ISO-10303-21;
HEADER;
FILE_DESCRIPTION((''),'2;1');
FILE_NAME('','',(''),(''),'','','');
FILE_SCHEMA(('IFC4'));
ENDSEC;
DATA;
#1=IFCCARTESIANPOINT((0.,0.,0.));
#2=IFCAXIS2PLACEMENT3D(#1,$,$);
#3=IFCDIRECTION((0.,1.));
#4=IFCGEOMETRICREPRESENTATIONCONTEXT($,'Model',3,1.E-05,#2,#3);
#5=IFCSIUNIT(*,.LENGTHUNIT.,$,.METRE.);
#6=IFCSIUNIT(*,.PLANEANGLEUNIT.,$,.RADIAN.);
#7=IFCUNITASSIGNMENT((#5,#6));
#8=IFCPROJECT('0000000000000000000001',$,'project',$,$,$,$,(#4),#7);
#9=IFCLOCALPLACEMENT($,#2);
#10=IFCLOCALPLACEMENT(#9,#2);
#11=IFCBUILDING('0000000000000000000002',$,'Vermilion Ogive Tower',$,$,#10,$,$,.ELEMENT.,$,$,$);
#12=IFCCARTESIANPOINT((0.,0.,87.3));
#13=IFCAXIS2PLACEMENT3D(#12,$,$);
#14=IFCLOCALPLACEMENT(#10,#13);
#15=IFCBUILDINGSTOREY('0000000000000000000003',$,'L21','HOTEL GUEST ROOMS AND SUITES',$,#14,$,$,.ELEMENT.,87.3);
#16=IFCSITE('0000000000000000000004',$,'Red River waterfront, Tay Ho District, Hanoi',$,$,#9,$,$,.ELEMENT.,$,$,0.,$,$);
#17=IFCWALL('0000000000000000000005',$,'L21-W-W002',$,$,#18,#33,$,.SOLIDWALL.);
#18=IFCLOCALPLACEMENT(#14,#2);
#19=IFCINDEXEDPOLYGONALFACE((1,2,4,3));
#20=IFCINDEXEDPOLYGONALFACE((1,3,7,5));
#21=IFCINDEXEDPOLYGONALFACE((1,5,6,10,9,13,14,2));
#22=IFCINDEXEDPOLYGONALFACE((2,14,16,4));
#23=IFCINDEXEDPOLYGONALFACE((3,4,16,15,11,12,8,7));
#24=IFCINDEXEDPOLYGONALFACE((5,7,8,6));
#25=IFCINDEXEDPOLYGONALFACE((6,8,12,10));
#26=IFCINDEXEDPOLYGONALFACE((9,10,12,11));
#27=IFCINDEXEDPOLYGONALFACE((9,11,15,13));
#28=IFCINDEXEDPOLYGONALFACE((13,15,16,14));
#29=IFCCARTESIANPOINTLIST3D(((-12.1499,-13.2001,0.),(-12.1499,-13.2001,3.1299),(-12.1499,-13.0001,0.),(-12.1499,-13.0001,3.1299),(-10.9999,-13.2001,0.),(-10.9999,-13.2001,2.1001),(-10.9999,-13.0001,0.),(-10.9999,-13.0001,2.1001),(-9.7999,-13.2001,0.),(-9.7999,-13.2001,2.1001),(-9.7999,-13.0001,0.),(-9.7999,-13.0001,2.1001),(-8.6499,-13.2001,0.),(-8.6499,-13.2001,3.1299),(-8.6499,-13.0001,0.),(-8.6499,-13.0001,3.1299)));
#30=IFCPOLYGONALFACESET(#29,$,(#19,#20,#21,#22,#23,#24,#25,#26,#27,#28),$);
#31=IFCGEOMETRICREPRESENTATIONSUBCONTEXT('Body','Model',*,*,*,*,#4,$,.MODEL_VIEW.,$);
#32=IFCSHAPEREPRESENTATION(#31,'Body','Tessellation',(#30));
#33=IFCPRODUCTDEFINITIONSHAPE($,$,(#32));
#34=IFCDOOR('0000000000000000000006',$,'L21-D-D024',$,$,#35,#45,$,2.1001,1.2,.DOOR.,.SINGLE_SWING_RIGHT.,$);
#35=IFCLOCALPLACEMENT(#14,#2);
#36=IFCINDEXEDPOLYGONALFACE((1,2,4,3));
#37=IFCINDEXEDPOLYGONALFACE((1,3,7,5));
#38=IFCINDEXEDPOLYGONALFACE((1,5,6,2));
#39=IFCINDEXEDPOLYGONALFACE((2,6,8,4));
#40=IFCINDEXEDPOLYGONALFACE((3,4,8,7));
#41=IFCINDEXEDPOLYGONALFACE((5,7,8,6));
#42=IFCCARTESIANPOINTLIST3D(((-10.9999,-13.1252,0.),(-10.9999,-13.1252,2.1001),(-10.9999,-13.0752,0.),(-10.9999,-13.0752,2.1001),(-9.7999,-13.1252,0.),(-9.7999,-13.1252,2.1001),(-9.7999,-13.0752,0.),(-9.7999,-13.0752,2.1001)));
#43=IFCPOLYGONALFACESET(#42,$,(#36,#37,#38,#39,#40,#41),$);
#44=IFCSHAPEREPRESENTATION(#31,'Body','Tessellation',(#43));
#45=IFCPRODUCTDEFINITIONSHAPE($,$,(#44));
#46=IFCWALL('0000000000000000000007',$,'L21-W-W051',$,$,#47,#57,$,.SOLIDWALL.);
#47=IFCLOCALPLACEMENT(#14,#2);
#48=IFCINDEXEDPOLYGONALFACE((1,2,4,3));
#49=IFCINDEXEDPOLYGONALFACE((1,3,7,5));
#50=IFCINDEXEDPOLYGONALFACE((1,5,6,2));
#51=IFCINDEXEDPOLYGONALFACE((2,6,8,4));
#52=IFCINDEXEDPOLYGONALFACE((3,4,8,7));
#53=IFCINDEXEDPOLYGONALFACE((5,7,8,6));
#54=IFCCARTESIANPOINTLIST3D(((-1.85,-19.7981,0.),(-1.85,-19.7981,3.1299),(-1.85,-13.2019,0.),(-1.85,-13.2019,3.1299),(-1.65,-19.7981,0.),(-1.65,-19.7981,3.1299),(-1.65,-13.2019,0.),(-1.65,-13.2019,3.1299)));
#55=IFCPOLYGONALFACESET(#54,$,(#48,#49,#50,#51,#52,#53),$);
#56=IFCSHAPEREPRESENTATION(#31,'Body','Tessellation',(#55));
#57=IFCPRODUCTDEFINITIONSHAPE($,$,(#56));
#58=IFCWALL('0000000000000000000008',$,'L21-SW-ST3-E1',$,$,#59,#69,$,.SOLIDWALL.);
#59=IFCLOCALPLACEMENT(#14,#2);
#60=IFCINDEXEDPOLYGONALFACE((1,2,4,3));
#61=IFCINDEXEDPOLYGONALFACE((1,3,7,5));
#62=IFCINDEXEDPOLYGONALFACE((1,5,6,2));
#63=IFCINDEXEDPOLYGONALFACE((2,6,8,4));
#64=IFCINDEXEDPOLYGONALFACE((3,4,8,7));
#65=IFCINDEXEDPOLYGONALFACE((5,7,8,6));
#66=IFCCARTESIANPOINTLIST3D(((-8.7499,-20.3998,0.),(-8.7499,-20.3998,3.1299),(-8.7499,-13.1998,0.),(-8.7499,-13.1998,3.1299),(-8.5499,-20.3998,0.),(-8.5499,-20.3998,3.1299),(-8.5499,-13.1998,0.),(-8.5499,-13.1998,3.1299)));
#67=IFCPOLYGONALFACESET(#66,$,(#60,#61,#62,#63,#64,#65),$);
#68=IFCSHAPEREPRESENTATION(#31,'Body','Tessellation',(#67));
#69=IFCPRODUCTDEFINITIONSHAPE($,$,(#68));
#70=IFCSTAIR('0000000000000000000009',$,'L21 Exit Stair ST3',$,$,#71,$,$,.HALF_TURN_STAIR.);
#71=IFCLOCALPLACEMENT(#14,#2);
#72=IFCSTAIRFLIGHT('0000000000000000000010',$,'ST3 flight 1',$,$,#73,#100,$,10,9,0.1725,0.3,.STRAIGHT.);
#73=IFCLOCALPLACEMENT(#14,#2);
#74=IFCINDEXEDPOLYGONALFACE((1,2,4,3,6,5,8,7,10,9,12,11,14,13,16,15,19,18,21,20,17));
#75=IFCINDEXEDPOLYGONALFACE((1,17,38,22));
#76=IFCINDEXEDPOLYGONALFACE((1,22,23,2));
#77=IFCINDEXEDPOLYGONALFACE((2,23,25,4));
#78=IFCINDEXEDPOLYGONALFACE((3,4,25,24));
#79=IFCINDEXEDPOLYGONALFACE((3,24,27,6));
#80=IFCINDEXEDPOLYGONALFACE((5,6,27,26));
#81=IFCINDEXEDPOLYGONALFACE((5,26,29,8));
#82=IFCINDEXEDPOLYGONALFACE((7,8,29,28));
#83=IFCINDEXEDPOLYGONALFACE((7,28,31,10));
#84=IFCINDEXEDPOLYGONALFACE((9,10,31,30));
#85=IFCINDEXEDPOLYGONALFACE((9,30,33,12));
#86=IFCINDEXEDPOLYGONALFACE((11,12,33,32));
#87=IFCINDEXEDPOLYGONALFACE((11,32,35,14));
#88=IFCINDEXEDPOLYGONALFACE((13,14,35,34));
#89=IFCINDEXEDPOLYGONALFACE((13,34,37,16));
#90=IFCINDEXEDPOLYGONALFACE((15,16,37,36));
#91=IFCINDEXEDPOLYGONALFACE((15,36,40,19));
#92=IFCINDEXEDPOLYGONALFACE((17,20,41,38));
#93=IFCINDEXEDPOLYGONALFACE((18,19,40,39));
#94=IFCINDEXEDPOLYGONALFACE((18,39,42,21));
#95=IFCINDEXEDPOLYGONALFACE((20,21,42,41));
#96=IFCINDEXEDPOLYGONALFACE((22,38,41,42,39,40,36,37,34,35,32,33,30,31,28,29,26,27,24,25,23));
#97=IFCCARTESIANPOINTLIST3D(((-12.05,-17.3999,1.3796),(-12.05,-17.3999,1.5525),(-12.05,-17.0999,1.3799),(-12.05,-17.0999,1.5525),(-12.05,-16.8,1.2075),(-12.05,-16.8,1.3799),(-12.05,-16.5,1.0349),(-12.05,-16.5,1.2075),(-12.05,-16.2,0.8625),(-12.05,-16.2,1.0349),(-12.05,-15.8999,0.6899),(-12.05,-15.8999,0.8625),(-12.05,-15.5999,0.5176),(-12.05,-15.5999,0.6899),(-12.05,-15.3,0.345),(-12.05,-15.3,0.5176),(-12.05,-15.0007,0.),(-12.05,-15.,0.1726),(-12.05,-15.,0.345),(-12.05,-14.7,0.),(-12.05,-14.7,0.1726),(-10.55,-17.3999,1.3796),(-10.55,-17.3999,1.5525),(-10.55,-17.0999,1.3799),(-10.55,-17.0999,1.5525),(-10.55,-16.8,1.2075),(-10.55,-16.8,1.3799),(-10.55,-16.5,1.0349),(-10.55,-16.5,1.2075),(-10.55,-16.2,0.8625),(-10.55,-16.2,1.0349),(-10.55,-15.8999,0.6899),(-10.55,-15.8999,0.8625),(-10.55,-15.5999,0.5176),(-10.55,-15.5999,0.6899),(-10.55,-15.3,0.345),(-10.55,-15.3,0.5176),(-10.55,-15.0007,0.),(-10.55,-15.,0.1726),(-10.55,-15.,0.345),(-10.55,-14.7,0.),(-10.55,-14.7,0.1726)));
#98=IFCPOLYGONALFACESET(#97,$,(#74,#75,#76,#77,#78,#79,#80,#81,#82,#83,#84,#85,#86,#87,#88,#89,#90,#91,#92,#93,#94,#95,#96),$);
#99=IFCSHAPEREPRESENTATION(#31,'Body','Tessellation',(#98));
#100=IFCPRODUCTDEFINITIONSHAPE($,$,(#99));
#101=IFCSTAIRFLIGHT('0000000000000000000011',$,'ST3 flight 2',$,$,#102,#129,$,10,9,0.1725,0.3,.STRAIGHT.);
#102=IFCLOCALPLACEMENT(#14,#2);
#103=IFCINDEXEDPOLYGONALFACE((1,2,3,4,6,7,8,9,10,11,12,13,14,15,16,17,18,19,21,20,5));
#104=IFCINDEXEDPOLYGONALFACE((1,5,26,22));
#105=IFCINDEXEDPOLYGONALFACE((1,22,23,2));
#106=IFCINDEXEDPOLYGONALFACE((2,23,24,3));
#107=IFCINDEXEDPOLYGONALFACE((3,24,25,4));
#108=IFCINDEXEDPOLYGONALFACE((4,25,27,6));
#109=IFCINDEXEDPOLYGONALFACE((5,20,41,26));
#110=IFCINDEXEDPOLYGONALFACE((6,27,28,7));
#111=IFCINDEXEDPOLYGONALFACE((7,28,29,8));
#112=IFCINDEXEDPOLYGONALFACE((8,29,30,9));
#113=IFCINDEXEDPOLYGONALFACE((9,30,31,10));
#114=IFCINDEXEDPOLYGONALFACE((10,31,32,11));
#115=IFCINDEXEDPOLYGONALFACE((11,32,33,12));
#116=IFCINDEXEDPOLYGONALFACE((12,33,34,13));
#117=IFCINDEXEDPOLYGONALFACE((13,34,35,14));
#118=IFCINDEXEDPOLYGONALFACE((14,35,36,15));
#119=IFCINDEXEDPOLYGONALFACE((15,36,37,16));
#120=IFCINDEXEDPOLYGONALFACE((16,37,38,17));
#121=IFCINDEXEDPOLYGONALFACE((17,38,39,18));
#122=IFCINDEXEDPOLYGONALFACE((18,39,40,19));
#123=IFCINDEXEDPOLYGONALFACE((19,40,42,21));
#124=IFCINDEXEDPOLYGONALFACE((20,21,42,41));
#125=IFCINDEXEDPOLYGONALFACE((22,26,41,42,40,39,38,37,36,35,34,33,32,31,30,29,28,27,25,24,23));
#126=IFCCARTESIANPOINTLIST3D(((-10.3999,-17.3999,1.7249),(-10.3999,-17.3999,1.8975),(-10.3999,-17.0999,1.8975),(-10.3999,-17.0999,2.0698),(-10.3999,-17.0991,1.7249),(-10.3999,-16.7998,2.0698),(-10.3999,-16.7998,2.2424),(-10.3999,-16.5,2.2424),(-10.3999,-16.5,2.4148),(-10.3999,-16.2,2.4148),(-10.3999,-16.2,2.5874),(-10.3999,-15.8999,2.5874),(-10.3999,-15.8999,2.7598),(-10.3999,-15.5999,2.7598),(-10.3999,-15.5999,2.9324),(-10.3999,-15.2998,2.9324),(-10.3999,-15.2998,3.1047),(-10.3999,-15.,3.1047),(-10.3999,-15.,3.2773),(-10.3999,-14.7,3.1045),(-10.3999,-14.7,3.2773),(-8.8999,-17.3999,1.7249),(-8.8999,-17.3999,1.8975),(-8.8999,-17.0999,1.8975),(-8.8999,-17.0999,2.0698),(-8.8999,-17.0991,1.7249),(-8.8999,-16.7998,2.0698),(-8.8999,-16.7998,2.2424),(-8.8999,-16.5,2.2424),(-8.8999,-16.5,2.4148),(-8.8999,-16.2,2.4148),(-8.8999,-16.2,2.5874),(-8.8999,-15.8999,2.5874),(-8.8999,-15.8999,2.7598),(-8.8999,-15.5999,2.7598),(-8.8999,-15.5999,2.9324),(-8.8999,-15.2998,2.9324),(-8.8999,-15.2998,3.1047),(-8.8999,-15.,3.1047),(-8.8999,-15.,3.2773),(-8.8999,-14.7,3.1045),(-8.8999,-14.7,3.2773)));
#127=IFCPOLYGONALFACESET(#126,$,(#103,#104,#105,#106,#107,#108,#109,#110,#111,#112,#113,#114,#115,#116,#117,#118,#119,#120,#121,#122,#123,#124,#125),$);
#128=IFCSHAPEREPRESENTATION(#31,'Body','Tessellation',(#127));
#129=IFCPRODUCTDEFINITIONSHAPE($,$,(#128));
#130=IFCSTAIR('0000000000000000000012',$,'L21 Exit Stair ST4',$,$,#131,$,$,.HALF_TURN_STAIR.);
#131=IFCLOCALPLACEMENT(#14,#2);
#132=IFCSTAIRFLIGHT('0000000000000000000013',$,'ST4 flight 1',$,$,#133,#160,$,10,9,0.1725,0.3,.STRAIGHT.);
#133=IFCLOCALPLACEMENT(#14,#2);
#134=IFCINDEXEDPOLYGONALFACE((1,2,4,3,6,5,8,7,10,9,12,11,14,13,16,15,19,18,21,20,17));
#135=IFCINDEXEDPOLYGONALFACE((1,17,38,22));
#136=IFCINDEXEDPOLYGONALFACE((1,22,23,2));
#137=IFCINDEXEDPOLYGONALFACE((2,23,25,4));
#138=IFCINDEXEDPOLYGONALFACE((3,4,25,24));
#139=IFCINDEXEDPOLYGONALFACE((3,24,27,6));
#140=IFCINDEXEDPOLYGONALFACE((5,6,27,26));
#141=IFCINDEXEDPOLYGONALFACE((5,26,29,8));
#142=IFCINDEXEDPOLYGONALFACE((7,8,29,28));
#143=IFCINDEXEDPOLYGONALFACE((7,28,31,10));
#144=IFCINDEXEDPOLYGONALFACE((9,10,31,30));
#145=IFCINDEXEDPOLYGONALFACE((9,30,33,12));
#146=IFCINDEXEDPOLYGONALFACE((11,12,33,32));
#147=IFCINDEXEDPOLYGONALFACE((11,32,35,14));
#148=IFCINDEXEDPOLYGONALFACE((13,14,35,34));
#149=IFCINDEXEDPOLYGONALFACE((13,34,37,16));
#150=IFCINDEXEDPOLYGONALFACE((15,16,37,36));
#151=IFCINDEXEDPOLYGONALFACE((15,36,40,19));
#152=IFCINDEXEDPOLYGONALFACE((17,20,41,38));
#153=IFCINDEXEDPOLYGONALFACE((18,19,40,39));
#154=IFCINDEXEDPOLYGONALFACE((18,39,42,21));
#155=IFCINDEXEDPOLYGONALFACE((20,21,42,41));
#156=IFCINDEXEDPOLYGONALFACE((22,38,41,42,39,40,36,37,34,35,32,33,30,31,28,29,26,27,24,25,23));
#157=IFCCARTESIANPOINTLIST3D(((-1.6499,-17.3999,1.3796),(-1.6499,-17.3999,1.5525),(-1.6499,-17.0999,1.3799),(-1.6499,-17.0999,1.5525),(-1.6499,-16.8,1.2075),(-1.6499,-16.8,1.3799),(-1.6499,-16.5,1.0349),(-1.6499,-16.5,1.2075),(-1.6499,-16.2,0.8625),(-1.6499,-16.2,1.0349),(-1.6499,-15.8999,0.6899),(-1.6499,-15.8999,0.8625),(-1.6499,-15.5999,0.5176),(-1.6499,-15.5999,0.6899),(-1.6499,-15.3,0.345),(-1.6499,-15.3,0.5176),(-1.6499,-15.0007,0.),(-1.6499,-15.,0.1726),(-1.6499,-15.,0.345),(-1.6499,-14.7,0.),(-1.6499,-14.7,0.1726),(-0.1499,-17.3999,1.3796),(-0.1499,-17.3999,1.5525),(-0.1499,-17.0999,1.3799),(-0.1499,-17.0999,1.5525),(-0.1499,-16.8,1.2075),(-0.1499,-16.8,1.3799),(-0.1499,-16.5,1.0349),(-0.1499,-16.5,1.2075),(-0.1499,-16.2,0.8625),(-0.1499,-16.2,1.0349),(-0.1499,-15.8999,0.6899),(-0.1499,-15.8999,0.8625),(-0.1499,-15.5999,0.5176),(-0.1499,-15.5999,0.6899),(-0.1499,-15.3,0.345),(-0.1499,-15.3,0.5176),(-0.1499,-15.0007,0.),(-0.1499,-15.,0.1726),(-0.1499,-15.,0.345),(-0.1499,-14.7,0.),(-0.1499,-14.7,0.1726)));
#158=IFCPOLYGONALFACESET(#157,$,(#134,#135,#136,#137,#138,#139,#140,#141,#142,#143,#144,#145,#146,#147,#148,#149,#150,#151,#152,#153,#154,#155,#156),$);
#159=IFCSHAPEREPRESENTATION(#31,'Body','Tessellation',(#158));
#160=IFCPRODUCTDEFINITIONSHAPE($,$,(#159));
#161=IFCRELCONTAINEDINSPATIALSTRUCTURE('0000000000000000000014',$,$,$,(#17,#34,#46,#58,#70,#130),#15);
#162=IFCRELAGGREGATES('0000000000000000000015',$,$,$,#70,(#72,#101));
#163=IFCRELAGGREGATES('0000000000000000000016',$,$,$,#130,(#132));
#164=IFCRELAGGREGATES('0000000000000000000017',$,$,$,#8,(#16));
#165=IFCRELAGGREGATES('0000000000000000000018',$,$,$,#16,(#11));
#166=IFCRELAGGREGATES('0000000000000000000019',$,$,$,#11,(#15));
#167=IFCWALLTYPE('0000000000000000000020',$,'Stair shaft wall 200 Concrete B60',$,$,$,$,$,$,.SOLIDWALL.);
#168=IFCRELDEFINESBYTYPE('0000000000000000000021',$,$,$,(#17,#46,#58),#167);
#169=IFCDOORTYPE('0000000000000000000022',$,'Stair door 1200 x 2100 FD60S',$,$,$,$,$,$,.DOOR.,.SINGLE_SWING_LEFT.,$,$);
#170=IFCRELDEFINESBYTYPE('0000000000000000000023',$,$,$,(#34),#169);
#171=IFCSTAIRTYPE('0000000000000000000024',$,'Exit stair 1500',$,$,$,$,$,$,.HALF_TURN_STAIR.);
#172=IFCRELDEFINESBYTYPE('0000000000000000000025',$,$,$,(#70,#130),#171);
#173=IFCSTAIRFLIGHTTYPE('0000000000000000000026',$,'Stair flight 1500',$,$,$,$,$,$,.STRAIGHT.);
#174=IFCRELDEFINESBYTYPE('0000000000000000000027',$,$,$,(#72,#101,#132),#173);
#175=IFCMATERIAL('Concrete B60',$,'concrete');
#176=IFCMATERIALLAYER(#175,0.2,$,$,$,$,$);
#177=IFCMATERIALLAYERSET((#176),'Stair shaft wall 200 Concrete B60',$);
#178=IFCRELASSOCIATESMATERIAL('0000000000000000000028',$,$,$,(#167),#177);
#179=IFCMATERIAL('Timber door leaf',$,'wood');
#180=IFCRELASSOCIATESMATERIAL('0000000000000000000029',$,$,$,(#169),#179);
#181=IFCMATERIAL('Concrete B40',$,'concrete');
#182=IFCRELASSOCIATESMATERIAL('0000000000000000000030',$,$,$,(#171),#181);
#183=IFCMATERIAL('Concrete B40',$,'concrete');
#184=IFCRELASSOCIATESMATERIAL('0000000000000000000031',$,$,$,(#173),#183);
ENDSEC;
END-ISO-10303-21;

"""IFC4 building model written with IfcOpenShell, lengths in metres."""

from ifc_helpers import new_model, si_unit, direction, frame, frame_2d, origin, place, context, subcontext, project, spatial, polyline, rectangle, outline, extrude, material, layer, layer_set, type_object, element, fill, aggregate, save


model = new_model("IFC4")

# Units and contexts
model_context = context("Model", 3, precision=1e-05, world=origin(), true_north=direction((0.0, 1.0)))
body_context = subcontext(model_context, "Body", "Model", "MODEL_VIEW")
ifc_project = project(units=[si_unit("LENGTHUNIT", "METRE"), si_unit("PLANEANGLEUNIT", "RADIAN")], contexts=[model_context])

# Site, building, storey
site_placement = place(None, origin())
site = spatial("IfcSite", under=ifc_project, at=site_placement, Name="Red River waterfront, Tay Ho District, Hanoi", CompositionType="ELEMENT", RefElevation=0.0)
building_placement = place(site_placement, origin())
building = spatial("IfcBuilding", under=site, at=building_placement, Name="Vermilion Ogive Tower", CompositionType="ELEMENT")
storey_placement = place(building_placement, frame((0.0, 0.0, 87.3)))
storey = spatial("IfcBuildingStorey", under=building, at=storey_placement, Name="L21", Description="HOTEL GUEST ROOMS AND SUITES", CompositionType="ELEMENT", Elevation=87.3)

# Shared definitions
ifc_material_1 = material(Name="Concrete B60", Category="concrete")
ifc_layer_1 = layer(ifc_material_1, 0.2)
ifc_layer_set_1 = layer_set([ifc_layer_1], Name="Stair shaft wall 200 Concrete B60")
wall_type = type_object("IfcWallType", Name="Stair shaft wall 200 Concrete B60", PredefinedType="SOLIDWALL", material=ifc_layer_set_1)

# Wall, opening, door
wall_1_placement = place(storey_placement, frame((-12.1499, -13.1001, 0.0), z_axis=(0.0, 0.0, 1.0), x_axis=(1.0, 0.0, 0.0)))
wall_1 = element("IfcWall", 1, at=wall_1_placement, inside=storey, type_object=wall_type, Name="L21-W-W002", PredefinedType="SOLIDWALL", context=body_context, shape_type="SweptSolid", body=[
    extrude(rectangle(XDim=3.5, YDim=0.2, at=frame_2d((1.75, 0.0))), origin(), (0.0, 0.0, 1.0), 3.1299),
])
opening_placement = place(wall_1_placement, frame((1.1499, 0.0, 0.0)))
opening = element("IfcOpeningElement", 2, at=opening_placement, cuts=wall_1, PredefinedType="OPENING", context=body_context, shape_type="SweptSolid", body=[
    extrude(rectangle(XDim=1.2, YDim=2.1001, at=frame_2d((0.6001, 1.05))), frame((0.0, 0.1099, 0.0), z_axis=(0.0, -1.0, 0.0), x_axis=(1.0, 0.0, 0.0)), (0.0, 0.0, 1.0), 0.22),
])
ifc_material_2 = material(Name="Timber door leaf", Category="wood")
door_type = type_object("IfcDoorType", Name="Stair door 1200 x 2100 FD60S", OperationType="SINGLE_SWING_LEFT", PredefinedType="DOOR", material=ifc_material_2)
door_placement = place(opening_placement, origin())
door = element("IfcDoor", 3, at=door_placement, inside=storey, type_object=door_type, Name="L21-D-D024", OperationType="SINGLE_SWING_RIGHT", OverallHeight=2.1001, OverallWidth=1.2, PredefinedType="DOOR", context=body_context, shape_type="SweptSolid", body=[
    extrude(rectangle(XDim=1.2, YDim=2.1001, at=frame_2d((0.6001, 1.05))), frame((0.0, 0.0249, 0.0), z_axis=(0.0, -1.0, 0.0), x_axis=(1.0, 0.0, 0.0)), (0.0, 0.0, 1.0), 0.05),
])
fill(opening, door)

# Walls
wall_2_placement = place(storey_placement, frame((-1.75, -19.7981, 0.0), z_axis=(0.0, 0.0, 1.0), x_axis=(0.0, 1.0, 0.0)))
element("IfcWall", 4, at=wall_2_placement, inside=storey, type_object=wall_type, Name="L21-W-W051", PredefinedType="SOLIDWALL", context=body_context, shape_type="SweptSolid", body=[
    extrude(rectangle(XDim=6.5962, YDim=0.2, at=frame_2d((3.2981, 0.0))), origin(), (0.0, 0.0, 1.0), 3.1299),
])
wall_3_placement = place(storey_placement, frame((-8.6499, -20.3999, 0.0), z_axis=(0.0, 0.0, 1.0), x_axis=(0.0, 1.0, 0.0)))
element("IfcWall", 5, at=wall_3_placement, inside=storey, type_object=wall_type, Name="L21-SW-ST3-E1", PredefinedType="SOLIDWALL", context=body_context, shape_type="SweptSolid", body=[
    extrude(rectangle(XDim=7.2, YDim=0.2, at=frame_2d((3.6001, 0.0))), origin(), (0.0, 0.0, 1.0), 3.1299),
])

# Stair, stair flights
ifc_material_3 = material(Name="Concrete B40", Category="concrete")
stair_type = type_object("IfcStairType", Name="Exit stair 1500", PredefinedType="HALF_TURN_STAIR", material=ifc_material_3)
stair_1_placement = place(storey_placement, origin())
stair_1 = element("IfcStair", 6, at=stair_1_placement, inside=storey, type_object=stair_type, Name="L21 Exit Stair ST3", PredefinedType="HALF_TURN_STAIR")
ifc_material_4 = material(Name="Concrete B40", Category="concrete")
stair_flight_type = type_object("IfcStairFlightType", Name="Stair flight 1500", PredefinedType="STRAIGHT", material=ifc_material_4)
stair_flight_1_placement = place(storey_placement, frame((-11.3, -14.7, 0.0), z_axis=(0.0, 0.0, 1.0), x_axis=(0.0, -1.0, 0.0)))
stair_flight_1 = element("IfcStairFlight", 7, at=stair_flight_1_placement, type_object=stair_flight_type, Name="ST3 flight 1", NumberOfRisers=10, NumberOfTreads=9, PredefinedType="STRAIGHT", RiserHeight=0.1725, TreadLength=0.3, context=body_context, shape_type="SweptSolid", body=[
    extrude(outline(polyline([(0.0, 0.0), (0.0, 0.1726), (0.3, 0.1726), (0.3, 0.345), (0.6001, 0.345), (0.6001, 0.5176), (0.8999, 0.5176), (0.8999, 0.6899), (1.2, 0.6899), (1.2, 0.8625), (1.5, 0.8625), (1.5, 1.0349), (1.8, 1.0349), (1.8, 1.2075), (2.1001, 1.2075), (2.1001, 1.3799), (2.3999, 1.3799), (2.3999, 1.5525), (2.7, 1.5525), (2.7, 1.7251), (2.7, 1.3796), (0.3008, 0.0), (0.0, 0.0)])), frame((0.0, 0.75, 0.0), z_axis=(0.0, -1.0, 0.0), x_axis=(1.0, 0.0, 0.0)), (0.0, 0.0, 1.0), 1.5),
])
stair_flight_2_placement = place(storey_placement, frame((-9.6499, -17.3999, 1.7249), z_axis=(0.0, 0.0, 1.0), x_axis=(0.0, 1.0, 0.0)))
stair_flight_2 = element("IfcStairFlight", 8, at=stair_flight_2_placement, type_object=stair_flight_type, Name="ST3 flight 2", NumberOfRisers=10, NumberOfTreads=9, PredefinedType="STRAIGHT", RiserHeight=0.1725, TreadLength=0.3, context=body_context, shape_type="SweptSolid", body=[
    extrude(outline(polyline([(0.0, 0.0), (0.0, 0.1726), (0.3, 0.1726), (0.3, 0.345), (0.6001, 0.345), (0.6001, 0.5176), (0.8999, 0.5176), (0.8999, 0.6899), (1.2, 0.6899), (1.2, 0.8625), (1.5, 0.8625), (1.5, 1.0349), (1.8, 1.0349), (1.8, 1.2075), (2.1001, 1.2075), (2.1001, 1.3799), (2.3999, 1.3799), (2.3999, 1.5525), (2.7, 1.5525), (2.7, 1.7251), (2.7, 1.3796), (0.3008, 0.0), (0.0, 0.0)])), frame((0.0, 0.75, 0.0), z_axis=(0.0, -1.0, 0.0), x_axis=(1.0, 0.0, 0.0)), (0.0, 0.0, 1.0), 1.5),
])
aggregate(stair_1, [stair_flight_1, stair_flight_2])

# Stair, stair flight
stair_2_placement = place(storey_placement, origin())
stair_2 = element("IfcStair", 9, at=stair_2_placement, inside=storey, type_object=stair_type, Name="L21 Exit Stair ST4", PredefinedType="HALF_TURN_STAIR")
stair_flight_3_placement = place(storey_placement, frame((-0.8999, -14.7, 0.0), z_axis=(0.0, 0.0, 1.0), x_axis=(0.0, -1.0, 0.0)))
stair_flight_3 = element("IfcStairFlight", 10, at=stair_flight_3_placement, type_object=stair_flight_type, Name="ST4 flight 1", NumberOfRisers=10, NumberOfTreads=9, PredefinedType="STRAIGHT", RiserHeight=0.1725, TreadLength=0.3, context=body_context, shape_type="SweptSolid", body=[
    extrude(outline(polyline([(0.0, 0.0), (0.0, 0.1726), (0.3, 0.1726), (0.3, 0.345), (0.6001, 0.345), (0.6001, 0.5176), (0.8999, 0.5176), (0.8999, 0.6899), (1.2, 0.6899), (1.2, 0.8625), (1.5, 0.8625), (1.5, 1.0349), (1.8, 1.0349), (1.8, 1.2075), (2.1001, 1.2075), (2.1001, 1.3799), (2.3999, 1.3799), (2.3999, 1.5525), (2.7, 1.5525), (2.7, 1.7251), (2.7, 1.3796), (0.3008, 0.0), (0.0, 0.0)])), frame((0.0, 0.75, 0.0), z_axis=(0.0, -1.0, 0.0), x_axis=(1.0, 0.0, 0.0)), (0.0, 0.0, 1.0), 1.5),
])
aggregate(stair_2, [stair_flight_3])

save(model, "model.ifc")
